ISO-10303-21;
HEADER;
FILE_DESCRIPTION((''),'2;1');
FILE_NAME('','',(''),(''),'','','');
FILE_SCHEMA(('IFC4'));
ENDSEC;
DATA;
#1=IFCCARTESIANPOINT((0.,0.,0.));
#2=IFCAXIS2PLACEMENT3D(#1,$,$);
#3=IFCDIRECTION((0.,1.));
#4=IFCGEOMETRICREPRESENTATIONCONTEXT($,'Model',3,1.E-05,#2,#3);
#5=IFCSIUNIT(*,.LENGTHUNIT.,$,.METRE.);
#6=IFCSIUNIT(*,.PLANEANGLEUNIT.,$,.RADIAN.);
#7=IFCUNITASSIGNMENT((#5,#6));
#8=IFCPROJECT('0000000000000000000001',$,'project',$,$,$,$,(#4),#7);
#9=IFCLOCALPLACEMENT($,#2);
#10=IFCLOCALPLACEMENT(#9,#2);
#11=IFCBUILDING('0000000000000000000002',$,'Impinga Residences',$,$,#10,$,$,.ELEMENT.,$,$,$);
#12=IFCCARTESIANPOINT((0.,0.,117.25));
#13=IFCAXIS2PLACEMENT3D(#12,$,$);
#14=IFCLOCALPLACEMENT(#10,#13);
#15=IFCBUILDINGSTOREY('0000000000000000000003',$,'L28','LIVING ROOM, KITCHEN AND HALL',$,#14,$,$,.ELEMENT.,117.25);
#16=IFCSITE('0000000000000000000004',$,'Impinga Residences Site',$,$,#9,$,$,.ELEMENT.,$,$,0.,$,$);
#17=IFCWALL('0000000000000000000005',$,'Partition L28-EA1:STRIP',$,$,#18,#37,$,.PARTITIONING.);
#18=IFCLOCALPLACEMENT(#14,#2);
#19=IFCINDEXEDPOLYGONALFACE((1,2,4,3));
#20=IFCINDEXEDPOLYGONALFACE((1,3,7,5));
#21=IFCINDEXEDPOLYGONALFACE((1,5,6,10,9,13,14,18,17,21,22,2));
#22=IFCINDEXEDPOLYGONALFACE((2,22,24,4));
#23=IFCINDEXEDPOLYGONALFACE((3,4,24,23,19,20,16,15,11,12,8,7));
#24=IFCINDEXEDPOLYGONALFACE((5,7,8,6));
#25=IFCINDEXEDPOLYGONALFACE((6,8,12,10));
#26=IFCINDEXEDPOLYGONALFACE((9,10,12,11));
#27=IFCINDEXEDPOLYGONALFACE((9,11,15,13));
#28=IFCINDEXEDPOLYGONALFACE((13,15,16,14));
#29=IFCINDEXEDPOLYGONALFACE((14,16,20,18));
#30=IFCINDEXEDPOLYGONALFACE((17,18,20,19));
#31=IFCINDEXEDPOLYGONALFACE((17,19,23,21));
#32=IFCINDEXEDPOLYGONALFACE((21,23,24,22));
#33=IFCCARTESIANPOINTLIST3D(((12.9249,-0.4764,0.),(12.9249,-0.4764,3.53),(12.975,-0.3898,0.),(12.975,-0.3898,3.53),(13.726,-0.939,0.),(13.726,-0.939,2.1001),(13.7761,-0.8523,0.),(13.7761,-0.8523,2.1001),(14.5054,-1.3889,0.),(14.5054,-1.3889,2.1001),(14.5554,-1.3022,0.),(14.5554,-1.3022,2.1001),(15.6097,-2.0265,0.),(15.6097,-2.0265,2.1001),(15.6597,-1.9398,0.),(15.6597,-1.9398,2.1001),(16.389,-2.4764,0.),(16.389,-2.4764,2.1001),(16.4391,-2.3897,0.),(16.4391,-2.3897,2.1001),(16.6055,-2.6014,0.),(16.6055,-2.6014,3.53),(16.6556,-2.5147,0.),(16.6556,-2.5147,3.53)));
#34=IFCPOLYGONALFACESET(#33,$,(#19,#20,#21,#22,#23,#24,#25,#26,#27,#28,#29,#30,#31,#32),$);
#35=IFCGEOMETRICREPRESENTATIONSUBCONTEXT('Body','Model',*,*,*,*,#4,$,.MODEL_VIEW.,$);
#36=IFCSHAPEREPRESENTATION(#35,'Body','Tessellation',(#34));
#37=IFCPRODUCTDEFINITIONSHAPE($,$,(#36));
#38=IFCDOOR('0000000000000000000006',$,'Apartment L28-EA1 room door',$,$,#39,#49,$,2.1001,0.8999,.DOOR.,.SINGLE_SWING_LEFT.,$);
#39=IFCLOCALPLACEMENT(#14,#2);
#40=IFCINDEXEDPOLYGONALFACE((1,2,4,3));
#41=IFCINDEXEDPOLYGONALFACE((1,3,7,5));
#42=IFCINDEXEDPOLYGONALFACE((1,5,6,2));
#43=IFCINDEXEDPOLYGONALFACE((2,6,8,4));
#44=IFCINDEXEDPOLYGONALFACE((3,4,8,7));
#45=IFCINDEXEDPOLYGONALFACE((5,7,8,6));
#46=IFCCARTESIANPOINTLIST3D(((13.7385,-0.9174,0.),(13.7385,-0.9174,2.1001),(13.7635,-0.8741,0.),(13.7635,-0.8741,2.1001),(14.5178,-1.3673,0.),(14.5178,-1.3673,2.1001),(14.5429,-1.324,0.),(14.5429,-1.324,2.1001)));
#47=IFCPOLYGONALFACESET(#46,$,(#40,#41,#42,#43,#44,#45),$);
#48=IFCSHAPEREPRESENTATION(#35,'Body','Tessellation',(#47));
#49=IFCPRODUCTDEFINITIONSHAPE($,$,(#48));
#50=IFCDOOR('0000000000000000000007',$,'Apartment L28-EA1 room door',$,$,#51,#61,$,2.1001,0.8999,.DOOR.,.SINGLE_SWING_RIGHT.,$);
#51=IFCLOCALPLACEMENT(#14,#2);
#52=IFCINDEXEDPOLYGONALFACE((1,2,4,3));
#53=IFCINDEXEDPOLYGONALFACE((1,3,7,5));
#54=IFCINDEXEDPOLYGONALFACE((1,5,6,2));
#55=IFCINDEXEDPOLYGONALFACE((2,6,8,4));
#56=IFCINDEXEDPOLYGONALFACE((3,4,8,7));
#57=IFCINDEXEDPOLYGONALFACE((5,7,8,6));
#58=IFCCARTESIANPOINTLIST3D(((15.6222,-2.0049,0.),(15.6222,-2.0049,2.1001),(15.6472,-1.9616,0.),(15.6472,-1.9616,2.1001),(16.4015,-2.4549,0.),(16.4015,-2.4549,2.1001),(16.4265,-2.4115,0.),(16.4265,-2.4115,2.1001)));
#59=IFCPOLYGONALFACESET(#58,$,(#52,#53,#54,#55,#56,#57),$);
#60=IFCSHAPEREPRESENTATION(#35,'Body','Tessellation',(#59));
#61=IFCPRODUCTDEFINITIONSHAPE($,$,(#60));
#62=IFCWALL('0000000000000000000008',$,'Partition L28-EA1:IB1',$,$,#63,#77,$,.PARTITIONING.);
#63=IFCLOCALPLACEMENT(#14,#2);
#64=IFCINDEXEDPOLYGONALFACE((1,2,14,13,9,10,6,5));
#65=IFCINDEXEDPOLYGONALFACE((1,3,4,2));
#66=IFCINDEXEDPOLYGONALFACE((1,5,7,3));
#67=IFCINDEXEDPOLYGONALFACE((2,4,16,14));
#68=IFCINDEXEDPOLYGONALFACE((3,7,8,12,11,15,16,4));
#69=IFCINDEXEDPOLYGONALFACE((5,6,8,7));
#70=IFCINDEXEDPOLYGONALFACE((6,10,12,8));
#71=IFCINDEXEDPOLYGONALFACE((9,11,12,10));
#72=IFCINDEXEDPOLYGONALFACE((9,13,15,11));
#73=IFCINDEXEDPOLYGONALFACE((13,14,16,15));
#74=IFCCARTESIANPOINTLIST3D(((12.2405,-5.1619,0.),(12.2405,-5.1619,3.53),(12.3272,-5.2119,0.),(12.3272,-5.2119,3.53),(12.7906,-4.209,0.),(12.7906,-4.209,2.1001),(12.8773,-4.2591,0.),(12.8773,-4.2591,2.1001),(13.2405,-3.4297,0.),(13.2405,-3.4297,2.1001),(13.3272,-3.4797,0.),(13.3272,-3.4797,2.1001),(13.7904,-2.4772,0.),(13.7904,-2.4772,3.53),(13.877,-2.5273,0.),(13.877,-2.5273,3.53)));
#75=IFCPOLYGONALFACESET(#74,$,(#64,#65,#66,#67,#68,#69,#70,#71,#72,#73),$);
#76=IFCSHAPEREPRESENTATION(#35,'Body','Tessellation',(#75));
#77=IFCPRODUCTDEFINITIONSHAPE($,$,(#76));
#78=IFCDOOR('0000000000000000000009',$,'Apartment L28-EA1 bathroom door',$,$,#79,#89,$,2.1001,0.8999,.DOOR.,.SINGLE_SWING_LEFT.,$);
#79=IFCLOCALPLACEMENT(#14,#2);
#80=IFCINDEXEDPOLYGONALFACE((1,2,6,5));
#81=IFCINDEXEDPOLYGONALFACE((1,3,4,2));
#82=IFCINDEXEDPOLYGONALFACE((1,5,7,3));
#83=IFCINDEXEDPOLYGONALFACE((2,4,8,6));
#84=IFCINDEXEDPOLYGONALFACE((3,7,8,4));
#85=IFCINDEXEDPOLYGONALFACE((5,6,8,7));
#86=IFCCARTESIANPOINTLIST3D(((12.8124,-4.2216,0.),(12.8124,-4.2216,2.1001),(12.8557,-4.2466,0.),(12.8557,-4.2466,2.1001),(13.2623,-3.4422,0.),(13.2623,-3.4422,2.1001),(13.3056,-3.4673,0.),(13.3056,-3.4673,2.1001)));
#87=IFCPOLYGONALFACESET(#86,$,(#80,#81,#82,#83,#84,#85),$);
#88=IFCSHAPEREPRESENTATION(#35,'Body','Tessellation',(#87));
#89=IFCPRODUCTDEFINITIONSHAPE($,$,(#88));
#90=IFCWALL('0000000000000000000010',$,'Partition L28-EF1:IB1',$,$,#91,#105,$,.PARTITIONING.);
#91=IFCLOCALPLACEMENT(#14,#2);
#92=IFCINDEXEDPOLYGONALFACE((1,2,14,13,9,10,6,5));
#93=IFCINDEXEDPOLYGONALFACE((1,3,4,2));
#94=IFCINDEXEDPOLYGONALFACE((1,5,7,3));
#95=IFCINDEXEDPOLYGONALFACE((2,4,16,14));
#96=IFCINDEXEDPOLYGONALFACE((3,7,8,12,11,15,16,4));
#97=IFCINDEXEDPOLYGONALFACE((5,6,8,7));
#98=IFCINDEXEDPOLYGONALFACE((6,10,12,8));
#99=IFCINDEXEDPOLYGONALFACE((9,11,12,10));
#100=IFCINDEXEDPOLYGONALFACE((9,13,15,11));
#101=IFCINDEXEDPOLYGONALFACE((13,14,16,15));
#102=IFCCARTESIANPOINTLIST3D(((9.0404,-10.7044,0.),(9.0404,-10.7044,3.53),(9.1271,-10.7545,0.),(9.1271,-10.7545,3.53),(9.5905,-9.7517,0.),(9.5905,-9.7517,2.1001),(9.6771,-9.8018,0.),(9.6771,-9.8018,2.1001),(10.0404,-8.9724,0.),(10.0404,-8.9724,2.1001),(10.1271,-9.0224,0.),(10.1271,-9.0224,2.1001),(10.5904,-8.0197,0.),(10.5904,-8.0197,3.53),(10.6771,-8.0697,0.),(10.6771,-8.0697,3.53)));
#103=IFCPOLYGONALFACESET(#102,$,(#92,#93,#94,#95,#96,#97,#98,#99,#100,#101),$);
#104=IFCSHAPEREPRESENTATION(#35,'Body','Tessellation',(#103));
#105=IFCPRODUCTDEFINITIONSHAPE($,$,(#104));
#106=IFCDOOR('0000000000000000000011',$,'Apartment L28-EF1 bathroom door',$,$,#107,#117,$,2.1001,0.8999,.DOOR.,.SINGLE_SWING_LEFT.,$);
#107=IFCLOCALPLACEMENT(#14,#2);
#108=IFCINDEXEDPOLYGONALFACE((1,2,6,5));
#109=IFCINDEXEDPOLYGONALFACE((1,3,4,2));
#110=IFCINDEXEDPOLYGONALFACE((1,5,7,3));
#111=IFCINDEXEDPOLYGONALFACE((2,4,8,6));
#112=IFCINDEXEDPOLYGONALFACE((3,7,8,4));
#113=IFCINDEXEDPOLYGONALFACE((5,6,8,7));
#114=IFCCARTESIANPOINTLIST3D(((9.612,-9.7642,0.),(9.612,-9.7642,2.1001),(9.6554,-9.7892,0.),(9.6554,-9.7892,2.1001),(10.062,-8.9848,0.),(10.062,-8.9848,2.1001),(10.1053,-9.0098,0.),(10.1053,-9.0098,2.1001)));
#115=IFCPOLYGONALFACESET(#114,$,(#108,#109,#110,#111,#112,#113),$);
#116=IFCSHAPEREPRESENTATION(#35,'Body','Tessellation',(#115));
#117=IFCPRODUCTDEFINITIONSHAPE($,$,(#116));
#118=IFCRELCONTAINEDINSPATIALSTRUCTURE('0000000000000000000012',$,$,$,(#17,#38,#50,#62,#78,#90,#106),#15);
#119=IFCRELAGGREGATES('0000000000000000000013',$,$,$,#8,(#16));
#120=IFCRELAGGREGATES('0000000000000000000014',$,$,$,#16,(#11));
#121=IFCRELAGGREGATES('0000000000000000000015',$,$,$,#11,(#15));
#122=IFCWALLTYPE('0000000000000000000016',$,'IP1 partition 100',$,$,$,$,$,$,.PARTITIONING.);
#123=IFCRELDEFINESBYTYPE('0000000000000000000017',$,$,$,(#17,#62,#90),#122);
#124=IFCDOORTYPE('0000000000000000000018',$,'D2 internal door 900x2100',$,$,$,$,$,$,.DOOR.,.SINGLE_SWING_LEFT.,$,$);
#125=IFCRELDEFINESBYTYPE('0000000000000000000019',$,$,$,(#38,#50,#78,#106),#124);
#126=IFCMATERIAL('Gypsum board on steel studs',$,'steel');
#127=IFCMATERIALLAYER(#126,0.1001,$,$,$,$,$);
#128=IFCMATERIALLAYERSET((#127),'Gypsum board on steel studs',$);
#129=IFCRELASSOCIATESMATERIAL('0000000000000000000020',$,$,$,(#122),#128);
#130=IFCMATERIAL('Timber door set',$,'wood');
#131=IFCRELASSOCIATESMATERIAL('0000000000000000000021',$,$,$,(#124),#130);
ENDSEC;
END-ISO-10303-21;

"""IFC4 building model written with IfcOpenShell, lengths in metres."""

from ifc_helpers import new_model, si_unit, direction, frame, frame_2d, origin, place, context, subcontext, project, spatial, rectangle, extrude, material, layer, layer_set, type_object, element, fill, save


model = new_model("IFC4")

# Units and contexts
model_context = context("Model", 3, precision=1e-05, world=origin(), true_north=direction((0.0, 1.0)))
body_context = subcontext(model_context, "Body", "Model", "MODEL_VIEW")
ifc_project = project(units=[si_unit("LENGTHUNIT", "METRE"), si_unit("PLANEANGLEUNIT", "RADIAN")], contexts=[model_context])

# Site, building, storey
site_placement = place(None, origin())
site = spatial("IfcSite", under=ifc_project, at=site_placement, Name="Impinga Residences Site", CompositionType="ELEMENT", RefElevation=0.0)
building_placement = place(site_placement, origin())
building = spatial("IfcBuilding", under=site, at=building_placement, Name="Impinga Residences", CompositionType="ELEMENT")
storey_placement = place(building_placement, frame((0.0, 0.0, 117.25)))
storey = spatial("IfcBuildingStorey", under=building, at=storey_placement, Name="L28", Description="LIVING ROOM, KITCHEN AND HALL", CompositionType="ELEMENT", Elevation=117.25)

# Shared definitions
ifc_material_1 = material(Name="Timber door set", Category="wood")

# Shared definitions
ifc_material_2 = material(Name="Gypsum board on steel studs", Category="steel")
ifc_layer_1 = layer(ifc_material_2, 0.1001)
ifc_layer_set_1 = layer_set([ifc_layer_1], Name="Gypsum board on steel studs")
wall_type_1 = type_object("IfcWallType", Name="IP1 partition 100", PredefinedType="PARTITIONING", material=ifc_layer_set_1)

# Wall, openings, doors
wall_1_placement = place(storey_placement, frame((12.95, -0.4331, 0.0), z_axis=(0.0, 0.0, 1.0), x_axis=(0.866029, -0.499994, 0.0)))
wall_1 = element("IfcWall", 1, at=wall_1_placement, inside=storey, type_object=wall_type_1, Name="Partition L28-EA1:STRIP", PredefinedType="PARTITIONING", context=body_context, shape_type="SweptSolid", body=[
    extrude(rectangle(XDim=4.25, YDim=0.1001, at=frame_2d((2.125, 0.0))), origin(), (0.0, 0.0, 1.0), 3.53),
])
opening_1_placement = place(wall_1_placement, frame((0.925, 0.0, 0.0)))
opening_1 = element("IfcOpeningElement", 2, at=opening_1_placement, cuts=wall_1, PredefinedType="OPENING", context=body_context, shape_type="SweptSolid", body=[
    extrude(rectangle(XDim=0.8999, YDim=2.1001, at=frame_2d((0.45, 1.05))), frame((0.0, 0.0601, 0.0), z_axis=(0.0, -1.0, 0.0), x_axis=(1.0, 0.0, 0.0)), (0.0, 0.0, 1.0), 0.1201),
])
opening_2_placement = place(wall_1_placement, frame((3.1001, 0.0, 0.0)))
opening_2 = element("IfcOpeningElement", 3, at=opening_2_placement, cuts=wall_1, PredefinedType="OPENING", context=body_context, shape_type="SweptSolid", body=[
    extrude(rectangle(XDim=0.8999, YDim=2.1001, at=frame_2d((0.45, 1.05))), frame((0.0, 0.0601, 0.0), z_axis=(0.0, -1.0, 0.0), x_axis=(1.0, 0.0, 0.0)), (0.0, 0.0, 1.0), 0.1201),
])
door_type_1 = type_object("IfcDoorType", Name="D2 internal door 900x2100", OperationType="SINGLE_SWING_LEFT", PredefinedType="DOOR", material=ifc_material_1)
door_1_placement = place(opening_1_placement, origin())
door_1 = element("IfcDoor", 4, at=door_1_placement, inside=storey, type_object=door_type_1, Name="Apartment L28-EA1 room door", OperationType="SINGLE_SWING_LEFT", OverallHeight=2.1001, OverallWidth=0.8999, PredefinedType="DOOR", context=body_context, shape_type="SweptSolid", body=[
    extrude(rectangle(XDim=0.8999, YDim=2.1001, at=frame_2d((0.45, 1.05))), frame((0.0, 0.0249, 0.0), z_axis=(0.0, -1.0, 0.0), x_axis=(1.0, 0.0, 0.0)), (0.0, 0.0, 1.0), 0.05),
])
fill(opening_1, door_1)
door_2_placement = place(opening_2_placement, origin())
door_2 = element("IfcDoor", 5, at=door_2_placement, inside=storey, type_object=door_type_1, Name="Apartment L28-EA1 room door", OperationType="SINGLE_SWING_RIGHT", OverallHeight=2.1001, OverallWidth=0.8999, PredefinedType="DOOR", context=body_context, shape_type="SweptSolid", body=[
    extrude(rectangle(XDim=0.8999, YDim=2.1001, at=frame_2d((0.45, 1.05))), frame((0.0, 0.0249, 0.0), z_axis=(0.0, -1.0, 0.0), x_axis=(1.0, 0.0, 0.0)), (0.0, 0.0, 1.0), 0.05),
])
fill(opening_2, door_2)

# Walls, openings, doors
wall_2_placement = place(storey_placement, frame((12.2839, -5.1868, 0.0), z_axis=(0.0, 0.0, 1.0), x_axis=(0.499968, 0.866044, 0.0)))
wall_2 = element("IfcWall", 6, at=wall_2_placement, inside=storey, type_object=wall_type_1, Name="Partition L28-EA1:IB1", PredefinedType="PARTITIONING", context=body_context, shape_type="SweptSolid", body=[
    extrude(rectangle(XDim=3.0999, YDim=0.1001, at=frame_2d((1.5498, 0.0))), origin(), (0.0, 0.0, 1.0), 3.53),
])
opening_3_placement = place(wall_2_placement, frame((1.1001, 0.0, 0.0)))
opening_3 = element("IfcOpeningElement", 7, at=opening_3_placement, cuts=wall_2, PredefinedType="OPENING", context=body_context, shape_type="SweptSolid", body=[
    extrude(rectangle(XDim=0.8999, YDim=2.1001, at=frame_2d((0.45, 1.05))), frame((0.0, 0.0601, 0.0), z_axis=(0.0, -1.0, 0.0), x_axis=(1.0, 0.0, 0.0)), (0.0, 0.0, 1.0), 0.1201),
])
door_3_placement = place(opening_3_placement, origin())
door_3 = element("IfcDoor", 8, at=door_3_placement, inside=storey, type_object=door_type_1, Name="Apartment L28-EA1 bathroom door", OperationType="SINGLE_SWING_LEFT", OverallHeight=2.1001, OverallWidth=0.8999, PredefinedType="DOOR", context=body_context, shape_type="SweptSolid", body=[
    extrude(rectangle(XDim=0.8999, YDim=2.1001, at=frame_2d((0.45, 1.05))), frame((0.0, 0.0249, 0.0), z_axis=(0.0, -1.0, 0.0), x_axis=(1.0, 0.0, 0.0)), (0.0, 0.0, 1.0), 0.05),
])
fill(opening_3, door_3)
wall_3_placement = place(storey_placement, frame((10.6338, -8.0447, 0.0), z_axis=(0.0, 0.0, 1.0), x_axis=(-0.499993, -0.86603, 0.0)))
wall_3 = element("IfcWall", 9, at=wall_3_placement, inside=storey, type_object=wall_type_1, Name="Partition L28-EF1:IB1", PredefinedType="PARTITIONING", context=body_context, shape_type="SweptSolid", body=[
    extrude(rectangle(XDim=3.1001, YDim=0.1001, at=frame_2d((1.55, 0.0))), origin(), (0.0, 0.0, 1.0), 3.53),
])
opening_4_placement = place(wall_3_placement, frame((1.1001, 0.0, 0.0)))
opening_4 = element("IfcOpeningElement", 10, at=opening_4_placement, cuts=wall_3, PredefinedType="OPENING", context=body_context, shape_type="SweptSolid", body=[
    extrude(rectangle(XDim=0.8999, YDim=2.1001, at=frame_2d((0.45, 1.05))), frame((0.0, 0.0601, 0.0), z_axis=(0.0, -1.0, 0.0), x_axis=(1.0, 0.0, 0.0)), (0.0, 0.0, 1.0), 0.1201),
])
door_4_placement = place(opening_4_placement, origin())
door_4 = element("IfcDoor", 11, at=door_4_placement, inside=storey, type_object=door_type_1, Name="Apartment L28-EF1 bathroom door", OperationType="SINGLE_SWING_LEFT", OverallHeight=2.1001, OverallWidth=0.8999, PredefinedType="DOOR", context=body_context, shape_type="SweptSolid", body=[
    extrude(rectangle(XDim=0.8999, YDim=2.1001, at=frame_2d((0.45, 1.05))), frame((0.0, 0.0249, 0.0), z_axis=(0.0, -1.0, 0.0), x_axis=(1.0, 0.0, 0.0)), (0.0, 0.0, 1.0), 0.05),
])
fill(opening_4, door_4)

save(model, "model.ifc")
